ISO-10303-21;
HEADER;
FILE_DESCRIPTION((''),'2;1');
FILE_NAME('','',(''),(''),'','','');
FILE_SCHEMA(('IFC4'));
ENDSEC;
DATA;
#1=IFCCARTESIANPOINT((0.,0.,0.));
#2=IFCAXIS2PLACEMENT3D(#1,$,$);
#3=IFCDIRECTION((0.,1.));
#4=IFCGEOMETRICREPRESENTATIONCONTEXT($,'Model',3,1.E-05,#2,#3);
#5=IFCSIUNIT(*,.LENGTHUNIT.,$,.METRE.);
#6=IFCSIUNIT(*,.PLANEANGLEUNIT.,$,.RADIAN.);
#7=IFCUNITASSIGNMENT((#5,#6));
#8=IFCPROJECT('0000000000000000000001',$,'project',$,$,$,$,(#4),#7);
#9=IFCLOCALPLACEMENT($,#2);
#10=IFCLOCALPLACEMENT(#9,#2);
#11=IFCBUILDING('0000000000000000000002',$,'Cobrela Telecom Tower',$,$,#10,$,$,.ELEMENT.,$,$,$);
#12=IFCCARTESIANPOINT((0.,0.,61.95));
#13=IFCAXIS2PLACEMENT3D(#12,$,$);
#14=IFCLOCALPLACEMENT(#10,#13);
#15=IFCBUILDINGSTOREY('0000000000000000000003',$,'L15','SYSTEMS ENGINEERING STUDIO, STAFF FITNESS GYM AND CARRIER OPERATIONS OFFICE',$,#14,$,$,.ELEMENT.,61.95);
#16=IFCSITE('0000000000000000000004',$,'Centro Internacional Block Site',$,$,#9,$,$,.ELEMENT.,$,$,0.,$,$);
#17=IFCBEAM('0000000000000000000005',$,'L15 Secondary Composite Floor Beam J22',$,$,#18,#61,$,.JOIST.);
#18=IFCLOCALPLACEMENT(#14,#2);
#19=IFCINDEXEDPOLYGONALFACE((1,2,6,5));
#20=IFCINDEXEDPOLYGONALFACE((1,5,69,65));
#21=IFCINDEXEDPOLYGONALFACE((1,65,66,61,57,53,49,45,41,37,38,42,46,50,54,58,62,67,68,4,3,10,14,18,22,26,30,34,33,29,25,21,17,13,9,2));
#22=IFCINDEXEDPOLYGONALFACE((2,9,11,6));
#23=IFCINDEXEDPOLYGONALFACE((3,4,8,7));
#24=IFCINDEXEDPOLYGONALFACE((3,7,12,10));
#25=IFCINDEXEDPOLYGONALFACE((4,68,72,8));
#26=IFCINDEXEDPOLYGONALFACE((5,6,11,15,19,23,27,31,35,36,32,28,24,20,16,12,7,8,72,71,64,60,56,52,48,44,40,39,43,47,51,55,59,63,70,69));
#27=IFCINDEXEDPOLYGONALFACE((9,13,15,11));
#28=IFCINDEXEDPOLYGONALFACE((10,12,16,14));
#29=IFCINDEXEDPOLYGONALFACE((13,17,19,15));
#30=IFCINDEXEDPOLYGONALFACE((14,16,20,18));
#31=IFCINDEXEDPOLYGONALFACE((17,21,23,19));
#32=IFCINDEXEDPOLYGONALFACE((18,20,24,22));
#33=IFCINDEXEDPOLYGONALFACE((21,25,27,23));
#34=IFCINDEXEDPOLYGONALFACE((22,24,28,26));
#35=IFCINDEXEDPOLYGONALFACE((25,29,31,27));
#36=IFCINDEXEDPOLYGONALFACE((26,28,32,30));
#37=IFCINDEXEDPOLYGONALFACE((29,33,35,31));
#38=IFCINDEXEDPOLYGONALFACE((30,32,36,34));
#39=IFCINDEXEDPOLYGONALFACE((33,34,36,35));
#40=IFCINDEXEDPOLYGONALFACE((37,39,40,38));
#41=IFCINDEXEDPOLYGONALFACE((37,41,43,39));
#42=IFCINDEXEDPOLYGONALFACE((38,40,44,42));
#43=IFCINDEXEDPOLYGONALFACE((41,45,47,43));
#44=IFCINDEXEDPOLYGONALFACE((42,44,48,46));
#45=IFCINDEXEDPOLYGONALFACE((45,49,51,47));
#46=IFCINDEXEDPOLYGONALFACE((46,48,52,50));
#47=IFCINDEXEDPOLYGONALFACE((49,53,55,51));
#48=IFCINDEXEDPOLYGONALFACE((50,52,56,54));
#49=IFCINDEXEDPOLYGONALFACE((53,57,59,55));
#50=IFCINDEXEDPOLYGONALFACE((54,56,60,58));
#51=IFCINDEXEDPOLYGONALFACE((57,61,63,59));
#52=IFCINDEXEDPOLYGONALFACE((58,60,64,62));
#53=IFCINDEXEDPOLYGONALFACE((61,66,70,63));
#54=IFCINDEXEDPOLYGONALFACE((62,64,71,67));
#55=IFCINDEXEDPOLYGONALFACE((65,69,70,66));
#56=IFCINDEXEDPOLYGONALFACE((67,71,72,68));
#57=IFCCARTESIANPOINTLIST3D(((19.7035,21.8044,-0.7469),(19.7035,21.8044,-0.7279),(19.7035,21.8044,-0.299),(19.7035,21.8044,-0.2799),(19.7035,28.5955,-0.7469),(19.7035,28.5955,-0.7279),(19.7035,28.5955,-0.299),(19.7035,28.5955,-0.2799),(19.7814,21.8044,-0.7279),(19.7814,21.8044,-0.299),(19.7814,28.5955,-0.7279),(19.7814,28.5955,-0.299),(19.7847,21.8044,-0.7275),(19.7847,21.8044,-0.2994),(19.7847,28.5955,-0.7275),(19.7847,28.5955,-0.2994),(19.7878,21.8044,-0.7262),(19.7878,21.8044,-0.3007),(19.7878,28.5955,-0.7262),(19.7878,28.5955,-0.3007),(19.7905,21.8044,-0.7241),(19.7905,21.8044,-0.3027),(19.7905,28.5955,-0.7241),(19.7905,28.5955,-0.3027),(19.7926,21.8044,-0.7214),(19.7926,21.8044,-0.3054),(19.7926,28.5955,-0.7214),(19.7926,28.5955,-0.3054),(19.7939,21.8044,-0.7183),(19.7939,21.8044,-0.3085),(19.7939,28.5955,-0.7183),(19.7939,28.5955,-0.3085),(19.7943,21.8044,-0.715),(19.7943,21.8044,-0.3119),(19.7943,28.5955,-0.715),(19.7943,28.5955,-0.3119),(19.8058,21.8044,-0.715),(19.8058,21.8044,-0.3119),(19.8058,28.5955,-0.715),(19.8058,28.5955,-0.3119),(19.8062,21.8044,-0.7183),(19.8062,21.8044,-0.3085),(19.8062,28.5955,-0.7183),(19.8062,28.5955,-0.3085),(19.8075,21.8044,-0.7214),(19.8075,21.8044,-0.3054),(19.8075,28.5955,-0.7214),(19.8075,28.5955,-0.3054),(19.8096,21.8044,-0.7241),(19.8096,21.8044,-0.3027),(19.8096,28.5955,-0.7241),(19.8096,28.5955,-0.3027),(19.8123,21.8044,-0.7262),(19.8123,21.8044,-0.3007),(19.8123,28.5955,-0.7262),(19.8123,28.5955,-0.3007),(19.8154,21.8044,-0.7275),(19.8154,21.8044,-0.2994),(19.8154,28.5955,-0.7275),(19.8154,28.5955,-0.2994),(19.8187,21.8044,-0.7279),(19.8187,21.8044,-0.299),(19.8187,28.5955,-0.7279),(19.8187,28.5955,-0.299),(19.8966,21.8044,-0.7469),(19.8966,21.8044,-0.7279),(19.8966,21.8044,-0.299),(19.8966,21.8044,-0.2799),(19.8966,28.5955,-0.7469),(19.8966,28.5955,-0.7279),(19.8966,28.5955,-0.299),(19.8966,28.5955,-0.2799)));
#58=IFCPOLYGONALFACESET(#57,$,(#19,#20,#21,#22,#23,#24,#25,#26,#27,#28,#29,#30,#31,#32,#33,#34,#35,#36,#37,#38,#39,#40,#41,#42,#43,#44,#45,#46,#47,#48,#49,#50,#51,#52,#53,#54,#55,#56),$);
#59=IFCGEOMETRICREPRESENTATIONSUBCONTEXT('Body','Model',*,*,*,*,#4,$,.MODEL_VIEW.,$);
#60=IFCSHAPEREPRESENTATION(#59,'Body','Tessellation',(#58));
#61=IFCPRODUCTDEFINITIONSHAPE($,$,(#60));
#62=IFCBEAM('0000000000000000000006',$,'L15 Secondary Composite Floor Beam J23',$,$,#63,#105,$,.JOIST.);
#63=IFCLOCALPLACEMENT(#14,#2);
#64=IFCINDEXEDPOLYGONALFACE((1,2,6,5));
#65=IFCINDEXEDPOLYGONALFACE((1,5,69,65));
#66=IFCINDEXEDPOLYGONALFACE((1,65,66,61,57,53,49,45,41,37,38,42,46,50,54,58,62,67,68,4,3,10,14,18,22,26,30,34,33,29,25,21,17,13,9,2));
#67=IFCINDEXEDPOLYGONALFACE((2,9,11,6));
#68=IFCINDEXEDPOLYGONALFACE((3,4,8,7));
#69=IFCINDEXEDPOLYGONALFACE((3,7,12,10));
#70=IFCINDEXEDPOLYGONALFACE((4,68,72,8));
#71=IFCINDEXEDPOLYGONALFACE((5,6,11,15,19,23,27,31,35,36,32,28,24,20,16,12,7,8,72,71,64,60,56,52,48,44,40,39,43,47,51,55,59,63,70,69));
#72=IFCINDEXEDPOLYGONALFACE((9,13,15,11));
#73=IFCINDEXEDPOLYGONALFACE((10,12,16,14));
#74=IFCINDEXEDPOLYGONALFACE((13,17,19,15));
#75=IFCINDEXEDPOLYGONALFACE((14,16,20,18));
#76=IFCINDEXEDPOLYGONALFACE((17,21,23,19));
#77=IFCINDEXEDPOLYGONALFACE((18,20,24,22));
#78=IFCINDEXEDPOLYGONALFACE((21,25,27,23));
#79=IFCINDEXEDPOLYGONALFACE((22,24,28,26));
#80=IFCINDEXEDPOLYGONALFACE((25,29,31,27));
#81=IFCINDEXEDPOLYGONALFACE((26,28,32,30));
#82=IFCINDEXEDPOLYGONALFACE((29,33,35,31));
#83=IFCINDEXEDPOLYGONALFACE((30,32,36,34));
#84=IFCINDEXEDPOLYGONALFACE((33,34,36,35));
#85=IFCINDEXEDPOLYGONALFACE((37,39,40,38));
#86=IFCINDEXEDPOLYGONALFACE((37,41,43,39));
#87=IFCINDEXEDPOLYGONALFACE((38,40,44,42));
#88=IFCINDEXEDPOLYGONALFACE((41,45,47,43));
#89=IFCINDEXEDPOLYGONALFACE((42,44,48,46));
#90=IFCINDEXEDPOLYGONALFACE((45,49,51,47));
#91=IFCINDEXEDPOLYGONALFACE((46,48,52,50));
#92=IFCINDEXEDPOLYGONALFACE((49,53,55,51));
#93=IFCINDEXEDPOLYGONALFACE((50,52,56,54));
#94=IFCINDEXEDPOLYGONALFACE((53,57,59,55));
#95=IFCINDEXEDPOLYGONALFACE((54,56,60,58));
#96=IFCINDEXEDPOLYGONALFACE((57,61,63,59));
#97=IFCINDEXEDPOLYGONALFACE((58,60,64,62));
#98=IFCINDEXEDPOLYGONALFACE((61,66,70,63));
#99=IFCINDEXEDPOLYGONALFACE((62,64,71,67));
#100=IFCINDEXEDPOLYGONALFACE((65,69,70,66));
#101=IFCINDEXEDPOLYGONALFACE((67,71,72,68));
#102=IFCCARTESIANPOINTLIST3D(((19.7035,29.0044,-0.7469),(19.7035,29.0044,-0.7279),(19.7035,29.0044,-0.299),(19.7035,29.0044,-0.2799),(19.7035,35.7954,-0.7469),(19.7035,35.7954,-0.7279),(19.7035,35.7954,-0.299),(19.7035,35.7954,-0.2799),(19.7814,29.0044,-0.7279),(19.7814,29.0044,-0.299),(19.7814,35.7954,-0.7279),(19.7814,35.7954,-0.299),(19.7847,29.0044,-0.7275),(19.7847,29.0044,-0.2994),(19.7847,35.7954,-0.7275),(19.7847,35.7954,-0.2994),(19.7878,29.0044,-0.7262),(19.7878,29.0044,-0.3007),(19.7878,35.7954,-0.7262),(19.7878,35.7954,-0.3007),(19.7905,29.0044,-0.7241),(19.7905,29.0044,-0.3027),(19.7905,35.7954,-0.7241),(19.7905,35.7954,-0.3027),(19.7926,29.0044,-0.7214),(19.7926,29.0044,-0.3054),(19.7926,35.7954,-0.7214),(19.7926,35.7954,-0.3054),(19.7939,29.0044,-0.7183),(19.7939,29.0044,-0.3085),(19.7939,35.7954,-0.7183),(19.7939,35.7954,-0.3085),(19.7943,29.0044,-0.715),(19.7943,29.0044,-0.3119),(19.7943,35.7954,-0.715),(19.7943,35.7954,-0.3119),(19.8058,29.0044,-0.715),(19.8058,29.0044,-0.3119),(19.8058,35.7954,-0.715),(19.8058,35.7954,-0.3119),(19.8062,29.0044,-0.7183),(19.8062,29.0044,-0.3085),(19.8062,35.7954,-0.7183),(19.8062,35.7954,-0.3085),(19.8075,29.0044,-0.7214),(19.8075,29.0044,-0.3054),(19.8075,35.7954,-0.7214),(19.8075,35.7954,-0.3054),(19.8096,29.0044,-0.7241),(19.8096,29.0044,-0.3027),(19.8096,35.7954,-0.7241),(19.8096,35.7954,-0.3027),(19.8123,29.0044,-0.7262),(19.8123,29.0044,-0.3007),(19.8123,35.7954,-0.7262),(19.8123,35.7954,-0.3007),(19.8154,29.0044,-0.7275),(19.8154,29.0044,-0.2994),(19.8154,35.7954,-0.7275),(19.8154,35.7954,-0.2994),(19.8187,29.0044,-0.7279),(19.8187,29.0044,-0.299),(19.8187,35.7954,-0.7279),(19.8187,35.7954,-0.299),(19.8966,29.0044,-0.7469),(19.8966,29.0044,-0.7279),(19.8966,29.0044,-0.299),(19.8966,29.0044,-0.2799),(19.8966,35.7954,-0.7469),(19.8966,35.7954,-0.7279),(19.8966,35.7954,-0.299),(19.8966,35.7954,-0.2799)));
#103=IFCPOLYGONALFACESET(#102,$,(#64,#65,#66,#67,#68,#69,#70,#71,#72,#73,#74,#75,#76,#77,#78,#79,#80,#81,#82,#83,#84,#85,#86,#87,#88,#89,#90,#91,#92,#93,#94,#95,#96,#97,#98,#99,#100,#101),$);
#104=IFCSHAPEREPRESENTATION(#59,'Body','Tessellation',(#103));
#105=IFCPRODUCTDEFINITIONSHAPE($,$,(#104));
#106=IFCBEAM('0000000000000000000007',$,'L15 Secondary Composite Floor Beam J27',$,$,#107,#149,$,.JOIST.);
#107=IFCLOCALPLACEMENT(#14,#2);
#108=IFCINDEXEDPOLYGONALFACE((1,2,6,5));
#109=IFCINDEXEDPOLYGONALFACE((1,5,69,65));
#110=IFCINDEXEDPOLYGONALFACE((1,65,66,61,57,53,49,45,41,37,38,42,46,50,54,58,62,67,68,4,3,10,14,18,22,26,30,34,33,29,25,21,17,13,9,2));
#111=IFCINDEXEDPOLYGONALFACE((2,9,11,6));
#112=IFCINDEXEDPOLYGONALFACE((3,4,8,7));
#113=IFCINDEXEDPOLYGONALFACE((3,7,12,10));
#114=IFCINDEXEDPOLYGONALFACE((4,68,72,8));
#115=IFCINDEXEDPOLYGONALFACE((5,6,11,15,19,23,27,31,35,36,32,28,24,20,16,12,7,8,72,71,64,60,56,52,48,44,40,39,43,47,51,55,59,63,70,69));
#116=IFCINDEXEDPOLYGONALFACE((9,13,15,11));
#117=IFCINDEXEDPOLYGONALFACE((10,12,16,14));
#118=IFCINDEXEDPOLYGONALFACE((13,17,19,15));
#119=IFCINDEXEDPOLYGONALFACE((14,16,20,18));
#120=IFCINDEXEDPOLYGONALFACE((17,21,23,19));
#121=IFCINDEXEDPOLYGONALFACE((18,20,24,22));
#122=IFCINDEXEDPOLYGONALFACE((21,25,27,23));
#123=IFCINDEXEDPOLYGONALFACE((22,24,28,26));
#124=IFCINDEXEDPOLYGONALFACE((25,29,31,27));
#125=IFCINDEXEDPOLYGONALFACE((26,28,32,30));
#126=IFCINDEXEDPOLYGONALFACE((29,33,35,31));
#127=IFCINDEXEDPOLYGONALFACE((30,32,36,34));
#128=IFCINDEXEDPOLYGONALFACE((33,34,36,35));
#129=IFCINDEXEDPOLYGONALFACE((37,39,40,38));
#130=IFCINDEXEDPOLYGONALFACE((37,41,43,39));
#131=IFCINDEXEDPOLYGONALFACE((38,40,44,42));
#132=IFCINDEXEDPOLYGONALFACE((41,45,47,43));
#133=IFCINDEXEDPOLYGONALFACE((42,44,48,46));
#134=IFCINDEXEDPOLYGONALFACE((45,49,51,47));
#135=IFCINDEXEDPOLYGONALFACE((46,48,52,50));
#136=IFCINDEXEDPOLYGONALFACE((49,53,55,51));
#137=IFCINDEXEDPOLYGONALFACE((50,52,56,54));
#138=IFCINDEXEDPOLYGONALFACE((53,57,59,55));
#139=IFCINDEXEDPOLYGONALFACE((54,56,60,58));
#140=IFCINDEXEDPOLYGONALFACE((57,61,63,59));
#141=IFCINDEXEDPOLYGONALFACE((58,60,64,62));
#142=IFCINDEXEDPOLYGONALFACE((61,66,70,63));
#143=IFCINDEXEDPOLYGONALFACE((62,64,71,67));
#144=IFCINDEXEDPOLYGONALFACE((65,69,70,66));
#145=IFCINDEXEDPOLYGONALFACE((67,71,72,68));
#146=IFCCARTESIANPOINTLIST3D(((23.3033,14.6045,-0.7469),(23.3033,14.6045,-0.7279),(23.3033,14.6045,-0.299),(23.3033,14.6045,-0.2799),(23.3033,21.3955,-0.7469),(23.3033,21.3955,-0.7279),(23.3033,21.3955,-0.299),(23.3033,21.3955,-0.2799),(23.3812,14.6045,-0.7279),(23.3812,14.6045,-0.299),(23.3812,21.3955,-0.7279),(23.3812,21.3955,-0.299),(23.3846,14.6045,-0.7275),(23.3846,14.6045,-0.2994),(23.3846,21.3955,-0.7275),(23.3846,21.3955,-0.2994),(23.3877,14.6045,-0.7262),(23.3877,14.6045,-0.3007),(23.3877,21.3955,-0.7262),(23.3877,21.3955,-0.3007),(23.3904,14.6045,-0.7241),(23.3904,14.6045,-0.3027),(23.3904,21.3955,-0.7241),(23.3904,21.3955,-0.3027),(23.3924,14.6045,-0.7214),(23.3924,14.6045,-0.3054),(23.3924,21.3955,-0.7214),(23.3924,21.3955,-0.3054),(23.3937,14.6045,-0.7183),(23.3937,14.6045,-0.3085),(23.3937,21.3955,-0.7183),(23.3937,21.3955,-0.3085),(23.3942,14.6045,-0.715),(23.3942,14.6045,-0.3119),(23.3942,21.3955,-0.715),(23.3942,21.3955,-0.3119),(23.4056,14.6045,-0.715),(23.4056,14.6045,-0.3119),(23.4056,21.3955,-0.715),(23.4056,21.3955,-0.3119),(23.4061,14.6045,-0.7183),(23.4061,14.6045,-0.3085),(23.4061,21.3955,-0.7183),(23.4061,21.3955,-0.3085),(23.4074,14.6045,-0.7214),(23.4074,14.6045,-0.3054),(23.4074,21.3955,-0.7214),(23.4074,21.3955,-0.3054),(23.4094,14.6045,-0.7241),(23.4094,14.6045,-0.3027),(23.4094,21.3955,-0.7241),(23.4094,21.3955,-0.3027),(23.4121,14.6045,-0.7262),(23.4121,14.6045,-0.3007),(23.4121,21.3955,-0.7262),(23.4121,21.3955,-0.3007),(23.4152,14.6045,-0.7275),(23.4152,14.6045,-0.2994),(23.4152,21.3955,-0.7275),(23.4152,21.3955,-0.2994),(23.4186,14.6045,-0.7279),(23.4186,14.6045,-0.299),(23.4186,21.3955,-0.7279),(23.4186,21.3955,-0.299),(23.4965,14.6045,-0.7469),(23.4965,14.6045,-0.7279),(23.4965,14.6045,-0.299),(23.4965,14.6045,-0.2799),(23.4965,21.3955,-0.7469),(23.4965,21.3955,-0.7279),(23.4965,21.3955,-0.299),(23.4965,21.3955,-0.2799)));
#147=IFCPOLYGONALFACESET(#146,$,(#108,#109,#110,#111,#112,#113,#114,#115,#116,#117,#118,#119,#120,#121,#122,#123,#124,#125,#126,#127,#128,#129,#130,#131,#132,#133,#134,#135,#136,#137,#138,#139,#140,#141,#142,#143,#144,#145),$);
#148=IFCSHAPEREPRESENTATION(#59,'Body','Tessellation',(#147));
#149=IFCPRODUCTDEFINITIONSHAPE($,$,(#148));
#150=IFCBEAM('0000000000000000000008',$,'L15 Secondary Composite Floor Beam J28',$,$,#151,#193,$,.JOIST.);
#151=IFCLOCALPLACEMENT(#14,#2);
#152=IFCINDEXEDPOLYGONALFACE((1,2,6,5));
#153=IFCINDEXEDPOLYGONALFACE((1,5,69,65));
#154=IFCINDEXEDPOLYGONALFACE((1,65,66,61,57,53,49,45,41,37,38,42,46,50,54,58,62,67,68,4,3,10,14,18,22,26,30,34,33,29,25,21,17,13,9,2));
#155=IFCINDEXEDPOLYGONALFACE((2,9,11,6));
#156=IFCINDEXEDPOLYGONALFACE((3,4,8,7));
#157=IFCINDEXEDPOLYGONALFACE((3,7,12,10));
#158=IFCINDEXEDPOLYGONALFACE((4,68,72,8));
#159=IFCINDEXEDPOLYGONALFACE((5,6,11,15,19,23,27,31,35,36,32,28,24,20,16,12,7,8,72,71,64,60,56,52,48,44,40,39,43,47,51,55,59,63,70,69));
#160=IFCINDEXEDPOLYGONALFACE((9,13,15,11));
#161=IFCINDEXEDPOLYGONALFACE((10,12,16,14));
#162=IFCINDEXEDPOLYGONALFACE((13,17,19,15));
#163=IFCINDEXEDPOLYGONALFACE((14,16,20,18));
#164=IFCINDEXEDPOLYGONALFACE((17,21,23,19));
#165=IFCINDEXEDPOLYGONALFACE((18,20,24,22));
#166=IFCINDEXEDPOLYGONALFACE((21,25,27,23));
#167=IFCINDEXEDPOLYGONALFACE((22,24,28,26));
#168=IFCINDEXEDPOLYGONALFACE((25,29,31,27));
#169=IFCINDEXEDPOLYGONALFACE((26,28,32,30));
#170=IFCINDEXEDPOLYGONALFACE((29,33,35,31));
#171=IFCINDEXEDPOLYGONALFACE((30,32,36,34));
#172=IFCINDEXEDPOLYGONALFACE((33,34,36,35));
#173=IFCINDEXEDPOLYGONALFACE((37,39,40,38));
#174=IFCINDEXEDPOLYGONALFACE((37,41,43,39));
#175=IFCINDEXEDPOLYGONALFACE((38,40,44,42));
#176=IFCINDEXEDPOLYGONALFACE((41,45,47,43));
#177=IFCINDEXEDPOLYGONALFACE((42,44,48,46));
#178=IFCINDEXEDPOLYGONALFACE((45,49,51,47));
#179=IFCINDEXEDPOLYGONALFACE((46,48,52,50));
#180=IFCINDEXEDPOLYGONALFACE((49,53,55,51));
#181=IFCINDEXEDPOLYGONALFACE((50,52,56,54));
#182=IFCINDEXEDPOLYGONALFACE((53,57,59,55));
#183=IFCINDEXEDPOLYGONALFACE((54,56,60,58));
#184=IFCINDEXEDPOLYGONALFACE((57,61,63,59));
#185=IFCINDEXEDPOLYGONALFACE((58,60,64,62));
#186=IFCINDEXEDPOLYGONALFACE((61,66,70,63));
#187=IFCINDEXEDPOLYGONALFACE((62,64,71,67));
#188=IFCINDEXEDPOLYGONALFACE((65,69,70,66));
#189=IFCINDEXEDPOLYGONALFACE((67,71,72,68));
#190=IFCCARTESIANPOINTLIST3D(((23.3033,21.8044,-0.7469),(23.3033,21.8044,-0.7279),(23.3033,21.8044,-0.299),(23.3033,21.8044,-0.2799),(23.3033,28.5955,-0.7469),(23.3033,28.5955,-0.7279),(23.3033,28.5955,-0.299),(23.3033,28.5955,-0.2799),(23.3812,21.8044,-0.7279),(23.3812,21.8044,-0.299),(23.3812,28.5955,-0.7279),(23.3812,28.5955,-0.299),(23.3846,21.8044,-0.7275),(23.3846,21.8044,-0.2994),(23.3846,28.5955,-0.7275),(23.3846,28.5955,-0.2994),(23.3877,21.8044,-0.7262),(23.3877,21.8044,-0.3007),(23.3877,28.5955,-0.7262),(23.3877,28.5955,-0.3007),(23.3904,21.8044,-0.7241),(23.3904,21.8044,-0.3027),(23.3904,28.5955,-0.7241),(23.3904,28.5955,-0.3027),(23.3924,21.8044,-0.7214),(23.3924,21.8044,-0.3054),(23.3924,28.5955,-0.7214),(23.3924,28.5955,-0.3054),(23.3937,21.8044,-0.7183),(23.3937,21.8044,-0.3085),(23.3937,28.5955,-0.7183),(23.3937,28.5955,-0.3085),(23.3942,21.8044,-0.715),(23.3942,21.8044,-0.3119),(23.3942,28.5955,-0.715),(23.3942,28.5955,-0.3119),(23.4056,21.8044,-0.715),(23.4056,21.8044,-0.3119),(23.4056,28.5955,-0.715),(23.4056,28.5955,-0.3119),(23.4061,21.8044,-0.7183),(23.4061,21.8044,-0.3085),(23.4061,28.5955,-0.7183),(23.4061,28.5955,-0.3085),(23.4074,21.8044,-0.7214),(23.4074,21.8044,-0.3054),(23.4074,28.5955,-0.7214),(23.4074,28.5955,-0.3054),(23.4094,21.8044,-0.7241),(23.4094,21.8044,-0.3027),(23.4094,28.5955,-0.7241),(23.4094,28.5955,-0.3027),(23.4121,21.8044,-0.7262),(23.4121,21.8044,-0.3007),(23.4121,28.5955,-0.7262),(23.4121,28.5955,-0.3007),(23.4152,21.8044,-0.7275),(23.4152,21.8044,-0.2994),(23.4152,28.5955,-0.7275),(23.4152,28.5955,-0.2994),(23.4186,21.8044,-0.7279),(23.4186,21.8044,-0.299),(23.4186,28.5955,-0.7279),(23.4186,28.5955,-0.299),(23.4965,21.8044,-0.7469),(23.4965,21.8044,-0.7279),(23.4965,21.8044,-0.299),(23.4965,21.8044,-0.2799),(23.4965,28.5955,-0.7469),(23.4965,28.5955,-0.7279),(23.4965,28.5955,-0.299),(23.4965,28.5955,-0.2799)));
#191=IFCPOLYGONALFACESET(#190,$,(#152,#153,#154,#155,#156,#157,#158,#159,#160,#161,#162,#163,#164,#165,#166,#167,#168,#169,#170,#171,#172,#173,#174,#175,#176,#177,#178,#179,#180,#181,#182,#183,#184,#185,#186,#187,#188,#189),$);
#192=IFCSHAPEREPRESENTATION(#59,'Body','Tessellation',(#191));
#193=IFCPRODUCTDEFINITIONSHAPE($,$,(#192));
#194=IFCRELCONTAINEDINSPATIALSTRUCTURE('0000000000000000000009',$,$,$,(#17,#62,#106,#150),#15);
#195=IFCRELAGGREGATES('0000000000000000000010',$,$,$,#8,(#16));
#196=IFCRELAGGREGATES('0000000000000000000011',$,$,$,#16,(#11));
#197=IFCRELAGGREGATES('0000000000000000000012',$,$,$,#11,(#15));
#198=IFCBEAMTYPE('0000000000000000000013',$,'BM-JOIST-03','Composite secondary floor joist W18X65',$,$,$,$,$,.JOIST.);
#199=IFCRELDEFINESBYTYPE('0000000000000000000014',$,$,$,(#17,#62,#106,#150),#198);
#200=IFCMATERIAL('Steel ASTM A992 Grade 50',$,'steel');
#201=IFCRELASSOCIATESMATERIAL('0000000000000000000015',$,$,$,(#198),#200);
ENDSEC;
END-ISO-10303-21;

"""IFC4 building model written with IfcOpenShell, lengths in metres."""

from ifc_helpers import new_model, si_unit, direction, frame, origin, origin_2d, place, context, subcontext, project, spatial, i_section, extrude, material, material_profile, profile_set, type_object, element, save


model = new_model("IFC4")

# Units and contexts
model_context = context("Model", 3, precision=1e-05, world=origin(), true_north=direction((0.0, 1.0)))
body_context = subcontext(model_context, "Body", "Model", "MODEL_VIEW")
ifc_project = project(units=[si_unit("LENGTHUNIT", "METRE"), si_unit("PLANEANGLEUNIT", "RADIAN")], contexts=[model_context])

# Site, building, storey
site_placement = place(None, origin())
site = spatial("IfcSite", under=ifc_project, at=site_placement, Name="Centro Internacional Block Site", CompositionType="ELEMENT", RefElevation=0.0)
building_placement = place(site_placement, origin())
building = spatial("IfcBuilding", under=site, at=building_placement, Name="Cobrela Telecom Tower", CompositionType="ELEMENT")
storey_placement = place(building_placement, frame((0.0, 0.0, 61.95)))
storey = spatial("IfcBuildingStorey", under=building, at=storey_placement, Name="L15", Description="SYSTEMS ENGINEERING STUDIO, STAFF FITNESS GYM AND CARRIER OPERATIONS OFFICE", CompositionType="ELEMENT", Elevation=61.95)

# Shared definitions
ifc_material_1 = material(Name="Steel ASTM A992 Grade 50", Category="steel")

# Beams
ifc_material_profile_1 = material_profile(ifc_material_1, i_section(OverallWidth=0.1931, OverallDepth=0.467, WebThickness=0.0115, FlangeThickness=0.019, FilletRadius=0.0129, at=origin_2d()), Name="W18X65")
ifc_profile_set_1 = profile_set([ifc_material_profile_1], Name="Steel ASTM A992 Grade 50")
beam_type_1 = type_object("IfcBeamType", Name="BM-JOIST-03", Description="Composite secondary floor joist W18X65", PredefinedType="JOIST", material=ifc_profile_set_1)
for number, where, z_axis, x_axis, name in (
    (1, (19.8, 21.8044, -0.5134), (0.0, 1.0, 0.0), (-1.0, 0.0, 0.0), "L15 Secondary Composite Floor Beam J22"),
    (2, (19.8, 29.0044, -0.5134), (0.0, 1.0, 0.0), (-1.0, 0.0, 0.0), "L15 Secondary Composite Floor Beam J23"),
    (3, (23.3999, 14.6045, -0.5134), (0.0, 1.0, 0.0), (-1.0, 0.0, 0.0), "L15 Secondary Composite Floor Beam J27"),
    (4, (23.3999, 21.8044, -0.5134), (0.0, 1.0, 0.0), (-1.0, 0.0, 0.0), "L15 Secondary Composite Floor Beam J28"),
):
    element("IfcBeam", number, at=place(storey_placement, frame(where, z_axis=z_axis, x_axis=x_axis)), inside=storey, type_object=beam_type_1, Name=name, PredefinedType="JOIST", context=body_context, shape_type="SweptSolid", body=[
        extrude(i_section(OverallWidth=0.1931, OverallDepth=0.467, WebThickness=0.0115, FlangeThickness=0.019, FilletRadius=0.0129, at=origin_2d()), origin(), (0.0, 0.0, 1.0), 6.791),
    ])

save(model, "model.ifc")
